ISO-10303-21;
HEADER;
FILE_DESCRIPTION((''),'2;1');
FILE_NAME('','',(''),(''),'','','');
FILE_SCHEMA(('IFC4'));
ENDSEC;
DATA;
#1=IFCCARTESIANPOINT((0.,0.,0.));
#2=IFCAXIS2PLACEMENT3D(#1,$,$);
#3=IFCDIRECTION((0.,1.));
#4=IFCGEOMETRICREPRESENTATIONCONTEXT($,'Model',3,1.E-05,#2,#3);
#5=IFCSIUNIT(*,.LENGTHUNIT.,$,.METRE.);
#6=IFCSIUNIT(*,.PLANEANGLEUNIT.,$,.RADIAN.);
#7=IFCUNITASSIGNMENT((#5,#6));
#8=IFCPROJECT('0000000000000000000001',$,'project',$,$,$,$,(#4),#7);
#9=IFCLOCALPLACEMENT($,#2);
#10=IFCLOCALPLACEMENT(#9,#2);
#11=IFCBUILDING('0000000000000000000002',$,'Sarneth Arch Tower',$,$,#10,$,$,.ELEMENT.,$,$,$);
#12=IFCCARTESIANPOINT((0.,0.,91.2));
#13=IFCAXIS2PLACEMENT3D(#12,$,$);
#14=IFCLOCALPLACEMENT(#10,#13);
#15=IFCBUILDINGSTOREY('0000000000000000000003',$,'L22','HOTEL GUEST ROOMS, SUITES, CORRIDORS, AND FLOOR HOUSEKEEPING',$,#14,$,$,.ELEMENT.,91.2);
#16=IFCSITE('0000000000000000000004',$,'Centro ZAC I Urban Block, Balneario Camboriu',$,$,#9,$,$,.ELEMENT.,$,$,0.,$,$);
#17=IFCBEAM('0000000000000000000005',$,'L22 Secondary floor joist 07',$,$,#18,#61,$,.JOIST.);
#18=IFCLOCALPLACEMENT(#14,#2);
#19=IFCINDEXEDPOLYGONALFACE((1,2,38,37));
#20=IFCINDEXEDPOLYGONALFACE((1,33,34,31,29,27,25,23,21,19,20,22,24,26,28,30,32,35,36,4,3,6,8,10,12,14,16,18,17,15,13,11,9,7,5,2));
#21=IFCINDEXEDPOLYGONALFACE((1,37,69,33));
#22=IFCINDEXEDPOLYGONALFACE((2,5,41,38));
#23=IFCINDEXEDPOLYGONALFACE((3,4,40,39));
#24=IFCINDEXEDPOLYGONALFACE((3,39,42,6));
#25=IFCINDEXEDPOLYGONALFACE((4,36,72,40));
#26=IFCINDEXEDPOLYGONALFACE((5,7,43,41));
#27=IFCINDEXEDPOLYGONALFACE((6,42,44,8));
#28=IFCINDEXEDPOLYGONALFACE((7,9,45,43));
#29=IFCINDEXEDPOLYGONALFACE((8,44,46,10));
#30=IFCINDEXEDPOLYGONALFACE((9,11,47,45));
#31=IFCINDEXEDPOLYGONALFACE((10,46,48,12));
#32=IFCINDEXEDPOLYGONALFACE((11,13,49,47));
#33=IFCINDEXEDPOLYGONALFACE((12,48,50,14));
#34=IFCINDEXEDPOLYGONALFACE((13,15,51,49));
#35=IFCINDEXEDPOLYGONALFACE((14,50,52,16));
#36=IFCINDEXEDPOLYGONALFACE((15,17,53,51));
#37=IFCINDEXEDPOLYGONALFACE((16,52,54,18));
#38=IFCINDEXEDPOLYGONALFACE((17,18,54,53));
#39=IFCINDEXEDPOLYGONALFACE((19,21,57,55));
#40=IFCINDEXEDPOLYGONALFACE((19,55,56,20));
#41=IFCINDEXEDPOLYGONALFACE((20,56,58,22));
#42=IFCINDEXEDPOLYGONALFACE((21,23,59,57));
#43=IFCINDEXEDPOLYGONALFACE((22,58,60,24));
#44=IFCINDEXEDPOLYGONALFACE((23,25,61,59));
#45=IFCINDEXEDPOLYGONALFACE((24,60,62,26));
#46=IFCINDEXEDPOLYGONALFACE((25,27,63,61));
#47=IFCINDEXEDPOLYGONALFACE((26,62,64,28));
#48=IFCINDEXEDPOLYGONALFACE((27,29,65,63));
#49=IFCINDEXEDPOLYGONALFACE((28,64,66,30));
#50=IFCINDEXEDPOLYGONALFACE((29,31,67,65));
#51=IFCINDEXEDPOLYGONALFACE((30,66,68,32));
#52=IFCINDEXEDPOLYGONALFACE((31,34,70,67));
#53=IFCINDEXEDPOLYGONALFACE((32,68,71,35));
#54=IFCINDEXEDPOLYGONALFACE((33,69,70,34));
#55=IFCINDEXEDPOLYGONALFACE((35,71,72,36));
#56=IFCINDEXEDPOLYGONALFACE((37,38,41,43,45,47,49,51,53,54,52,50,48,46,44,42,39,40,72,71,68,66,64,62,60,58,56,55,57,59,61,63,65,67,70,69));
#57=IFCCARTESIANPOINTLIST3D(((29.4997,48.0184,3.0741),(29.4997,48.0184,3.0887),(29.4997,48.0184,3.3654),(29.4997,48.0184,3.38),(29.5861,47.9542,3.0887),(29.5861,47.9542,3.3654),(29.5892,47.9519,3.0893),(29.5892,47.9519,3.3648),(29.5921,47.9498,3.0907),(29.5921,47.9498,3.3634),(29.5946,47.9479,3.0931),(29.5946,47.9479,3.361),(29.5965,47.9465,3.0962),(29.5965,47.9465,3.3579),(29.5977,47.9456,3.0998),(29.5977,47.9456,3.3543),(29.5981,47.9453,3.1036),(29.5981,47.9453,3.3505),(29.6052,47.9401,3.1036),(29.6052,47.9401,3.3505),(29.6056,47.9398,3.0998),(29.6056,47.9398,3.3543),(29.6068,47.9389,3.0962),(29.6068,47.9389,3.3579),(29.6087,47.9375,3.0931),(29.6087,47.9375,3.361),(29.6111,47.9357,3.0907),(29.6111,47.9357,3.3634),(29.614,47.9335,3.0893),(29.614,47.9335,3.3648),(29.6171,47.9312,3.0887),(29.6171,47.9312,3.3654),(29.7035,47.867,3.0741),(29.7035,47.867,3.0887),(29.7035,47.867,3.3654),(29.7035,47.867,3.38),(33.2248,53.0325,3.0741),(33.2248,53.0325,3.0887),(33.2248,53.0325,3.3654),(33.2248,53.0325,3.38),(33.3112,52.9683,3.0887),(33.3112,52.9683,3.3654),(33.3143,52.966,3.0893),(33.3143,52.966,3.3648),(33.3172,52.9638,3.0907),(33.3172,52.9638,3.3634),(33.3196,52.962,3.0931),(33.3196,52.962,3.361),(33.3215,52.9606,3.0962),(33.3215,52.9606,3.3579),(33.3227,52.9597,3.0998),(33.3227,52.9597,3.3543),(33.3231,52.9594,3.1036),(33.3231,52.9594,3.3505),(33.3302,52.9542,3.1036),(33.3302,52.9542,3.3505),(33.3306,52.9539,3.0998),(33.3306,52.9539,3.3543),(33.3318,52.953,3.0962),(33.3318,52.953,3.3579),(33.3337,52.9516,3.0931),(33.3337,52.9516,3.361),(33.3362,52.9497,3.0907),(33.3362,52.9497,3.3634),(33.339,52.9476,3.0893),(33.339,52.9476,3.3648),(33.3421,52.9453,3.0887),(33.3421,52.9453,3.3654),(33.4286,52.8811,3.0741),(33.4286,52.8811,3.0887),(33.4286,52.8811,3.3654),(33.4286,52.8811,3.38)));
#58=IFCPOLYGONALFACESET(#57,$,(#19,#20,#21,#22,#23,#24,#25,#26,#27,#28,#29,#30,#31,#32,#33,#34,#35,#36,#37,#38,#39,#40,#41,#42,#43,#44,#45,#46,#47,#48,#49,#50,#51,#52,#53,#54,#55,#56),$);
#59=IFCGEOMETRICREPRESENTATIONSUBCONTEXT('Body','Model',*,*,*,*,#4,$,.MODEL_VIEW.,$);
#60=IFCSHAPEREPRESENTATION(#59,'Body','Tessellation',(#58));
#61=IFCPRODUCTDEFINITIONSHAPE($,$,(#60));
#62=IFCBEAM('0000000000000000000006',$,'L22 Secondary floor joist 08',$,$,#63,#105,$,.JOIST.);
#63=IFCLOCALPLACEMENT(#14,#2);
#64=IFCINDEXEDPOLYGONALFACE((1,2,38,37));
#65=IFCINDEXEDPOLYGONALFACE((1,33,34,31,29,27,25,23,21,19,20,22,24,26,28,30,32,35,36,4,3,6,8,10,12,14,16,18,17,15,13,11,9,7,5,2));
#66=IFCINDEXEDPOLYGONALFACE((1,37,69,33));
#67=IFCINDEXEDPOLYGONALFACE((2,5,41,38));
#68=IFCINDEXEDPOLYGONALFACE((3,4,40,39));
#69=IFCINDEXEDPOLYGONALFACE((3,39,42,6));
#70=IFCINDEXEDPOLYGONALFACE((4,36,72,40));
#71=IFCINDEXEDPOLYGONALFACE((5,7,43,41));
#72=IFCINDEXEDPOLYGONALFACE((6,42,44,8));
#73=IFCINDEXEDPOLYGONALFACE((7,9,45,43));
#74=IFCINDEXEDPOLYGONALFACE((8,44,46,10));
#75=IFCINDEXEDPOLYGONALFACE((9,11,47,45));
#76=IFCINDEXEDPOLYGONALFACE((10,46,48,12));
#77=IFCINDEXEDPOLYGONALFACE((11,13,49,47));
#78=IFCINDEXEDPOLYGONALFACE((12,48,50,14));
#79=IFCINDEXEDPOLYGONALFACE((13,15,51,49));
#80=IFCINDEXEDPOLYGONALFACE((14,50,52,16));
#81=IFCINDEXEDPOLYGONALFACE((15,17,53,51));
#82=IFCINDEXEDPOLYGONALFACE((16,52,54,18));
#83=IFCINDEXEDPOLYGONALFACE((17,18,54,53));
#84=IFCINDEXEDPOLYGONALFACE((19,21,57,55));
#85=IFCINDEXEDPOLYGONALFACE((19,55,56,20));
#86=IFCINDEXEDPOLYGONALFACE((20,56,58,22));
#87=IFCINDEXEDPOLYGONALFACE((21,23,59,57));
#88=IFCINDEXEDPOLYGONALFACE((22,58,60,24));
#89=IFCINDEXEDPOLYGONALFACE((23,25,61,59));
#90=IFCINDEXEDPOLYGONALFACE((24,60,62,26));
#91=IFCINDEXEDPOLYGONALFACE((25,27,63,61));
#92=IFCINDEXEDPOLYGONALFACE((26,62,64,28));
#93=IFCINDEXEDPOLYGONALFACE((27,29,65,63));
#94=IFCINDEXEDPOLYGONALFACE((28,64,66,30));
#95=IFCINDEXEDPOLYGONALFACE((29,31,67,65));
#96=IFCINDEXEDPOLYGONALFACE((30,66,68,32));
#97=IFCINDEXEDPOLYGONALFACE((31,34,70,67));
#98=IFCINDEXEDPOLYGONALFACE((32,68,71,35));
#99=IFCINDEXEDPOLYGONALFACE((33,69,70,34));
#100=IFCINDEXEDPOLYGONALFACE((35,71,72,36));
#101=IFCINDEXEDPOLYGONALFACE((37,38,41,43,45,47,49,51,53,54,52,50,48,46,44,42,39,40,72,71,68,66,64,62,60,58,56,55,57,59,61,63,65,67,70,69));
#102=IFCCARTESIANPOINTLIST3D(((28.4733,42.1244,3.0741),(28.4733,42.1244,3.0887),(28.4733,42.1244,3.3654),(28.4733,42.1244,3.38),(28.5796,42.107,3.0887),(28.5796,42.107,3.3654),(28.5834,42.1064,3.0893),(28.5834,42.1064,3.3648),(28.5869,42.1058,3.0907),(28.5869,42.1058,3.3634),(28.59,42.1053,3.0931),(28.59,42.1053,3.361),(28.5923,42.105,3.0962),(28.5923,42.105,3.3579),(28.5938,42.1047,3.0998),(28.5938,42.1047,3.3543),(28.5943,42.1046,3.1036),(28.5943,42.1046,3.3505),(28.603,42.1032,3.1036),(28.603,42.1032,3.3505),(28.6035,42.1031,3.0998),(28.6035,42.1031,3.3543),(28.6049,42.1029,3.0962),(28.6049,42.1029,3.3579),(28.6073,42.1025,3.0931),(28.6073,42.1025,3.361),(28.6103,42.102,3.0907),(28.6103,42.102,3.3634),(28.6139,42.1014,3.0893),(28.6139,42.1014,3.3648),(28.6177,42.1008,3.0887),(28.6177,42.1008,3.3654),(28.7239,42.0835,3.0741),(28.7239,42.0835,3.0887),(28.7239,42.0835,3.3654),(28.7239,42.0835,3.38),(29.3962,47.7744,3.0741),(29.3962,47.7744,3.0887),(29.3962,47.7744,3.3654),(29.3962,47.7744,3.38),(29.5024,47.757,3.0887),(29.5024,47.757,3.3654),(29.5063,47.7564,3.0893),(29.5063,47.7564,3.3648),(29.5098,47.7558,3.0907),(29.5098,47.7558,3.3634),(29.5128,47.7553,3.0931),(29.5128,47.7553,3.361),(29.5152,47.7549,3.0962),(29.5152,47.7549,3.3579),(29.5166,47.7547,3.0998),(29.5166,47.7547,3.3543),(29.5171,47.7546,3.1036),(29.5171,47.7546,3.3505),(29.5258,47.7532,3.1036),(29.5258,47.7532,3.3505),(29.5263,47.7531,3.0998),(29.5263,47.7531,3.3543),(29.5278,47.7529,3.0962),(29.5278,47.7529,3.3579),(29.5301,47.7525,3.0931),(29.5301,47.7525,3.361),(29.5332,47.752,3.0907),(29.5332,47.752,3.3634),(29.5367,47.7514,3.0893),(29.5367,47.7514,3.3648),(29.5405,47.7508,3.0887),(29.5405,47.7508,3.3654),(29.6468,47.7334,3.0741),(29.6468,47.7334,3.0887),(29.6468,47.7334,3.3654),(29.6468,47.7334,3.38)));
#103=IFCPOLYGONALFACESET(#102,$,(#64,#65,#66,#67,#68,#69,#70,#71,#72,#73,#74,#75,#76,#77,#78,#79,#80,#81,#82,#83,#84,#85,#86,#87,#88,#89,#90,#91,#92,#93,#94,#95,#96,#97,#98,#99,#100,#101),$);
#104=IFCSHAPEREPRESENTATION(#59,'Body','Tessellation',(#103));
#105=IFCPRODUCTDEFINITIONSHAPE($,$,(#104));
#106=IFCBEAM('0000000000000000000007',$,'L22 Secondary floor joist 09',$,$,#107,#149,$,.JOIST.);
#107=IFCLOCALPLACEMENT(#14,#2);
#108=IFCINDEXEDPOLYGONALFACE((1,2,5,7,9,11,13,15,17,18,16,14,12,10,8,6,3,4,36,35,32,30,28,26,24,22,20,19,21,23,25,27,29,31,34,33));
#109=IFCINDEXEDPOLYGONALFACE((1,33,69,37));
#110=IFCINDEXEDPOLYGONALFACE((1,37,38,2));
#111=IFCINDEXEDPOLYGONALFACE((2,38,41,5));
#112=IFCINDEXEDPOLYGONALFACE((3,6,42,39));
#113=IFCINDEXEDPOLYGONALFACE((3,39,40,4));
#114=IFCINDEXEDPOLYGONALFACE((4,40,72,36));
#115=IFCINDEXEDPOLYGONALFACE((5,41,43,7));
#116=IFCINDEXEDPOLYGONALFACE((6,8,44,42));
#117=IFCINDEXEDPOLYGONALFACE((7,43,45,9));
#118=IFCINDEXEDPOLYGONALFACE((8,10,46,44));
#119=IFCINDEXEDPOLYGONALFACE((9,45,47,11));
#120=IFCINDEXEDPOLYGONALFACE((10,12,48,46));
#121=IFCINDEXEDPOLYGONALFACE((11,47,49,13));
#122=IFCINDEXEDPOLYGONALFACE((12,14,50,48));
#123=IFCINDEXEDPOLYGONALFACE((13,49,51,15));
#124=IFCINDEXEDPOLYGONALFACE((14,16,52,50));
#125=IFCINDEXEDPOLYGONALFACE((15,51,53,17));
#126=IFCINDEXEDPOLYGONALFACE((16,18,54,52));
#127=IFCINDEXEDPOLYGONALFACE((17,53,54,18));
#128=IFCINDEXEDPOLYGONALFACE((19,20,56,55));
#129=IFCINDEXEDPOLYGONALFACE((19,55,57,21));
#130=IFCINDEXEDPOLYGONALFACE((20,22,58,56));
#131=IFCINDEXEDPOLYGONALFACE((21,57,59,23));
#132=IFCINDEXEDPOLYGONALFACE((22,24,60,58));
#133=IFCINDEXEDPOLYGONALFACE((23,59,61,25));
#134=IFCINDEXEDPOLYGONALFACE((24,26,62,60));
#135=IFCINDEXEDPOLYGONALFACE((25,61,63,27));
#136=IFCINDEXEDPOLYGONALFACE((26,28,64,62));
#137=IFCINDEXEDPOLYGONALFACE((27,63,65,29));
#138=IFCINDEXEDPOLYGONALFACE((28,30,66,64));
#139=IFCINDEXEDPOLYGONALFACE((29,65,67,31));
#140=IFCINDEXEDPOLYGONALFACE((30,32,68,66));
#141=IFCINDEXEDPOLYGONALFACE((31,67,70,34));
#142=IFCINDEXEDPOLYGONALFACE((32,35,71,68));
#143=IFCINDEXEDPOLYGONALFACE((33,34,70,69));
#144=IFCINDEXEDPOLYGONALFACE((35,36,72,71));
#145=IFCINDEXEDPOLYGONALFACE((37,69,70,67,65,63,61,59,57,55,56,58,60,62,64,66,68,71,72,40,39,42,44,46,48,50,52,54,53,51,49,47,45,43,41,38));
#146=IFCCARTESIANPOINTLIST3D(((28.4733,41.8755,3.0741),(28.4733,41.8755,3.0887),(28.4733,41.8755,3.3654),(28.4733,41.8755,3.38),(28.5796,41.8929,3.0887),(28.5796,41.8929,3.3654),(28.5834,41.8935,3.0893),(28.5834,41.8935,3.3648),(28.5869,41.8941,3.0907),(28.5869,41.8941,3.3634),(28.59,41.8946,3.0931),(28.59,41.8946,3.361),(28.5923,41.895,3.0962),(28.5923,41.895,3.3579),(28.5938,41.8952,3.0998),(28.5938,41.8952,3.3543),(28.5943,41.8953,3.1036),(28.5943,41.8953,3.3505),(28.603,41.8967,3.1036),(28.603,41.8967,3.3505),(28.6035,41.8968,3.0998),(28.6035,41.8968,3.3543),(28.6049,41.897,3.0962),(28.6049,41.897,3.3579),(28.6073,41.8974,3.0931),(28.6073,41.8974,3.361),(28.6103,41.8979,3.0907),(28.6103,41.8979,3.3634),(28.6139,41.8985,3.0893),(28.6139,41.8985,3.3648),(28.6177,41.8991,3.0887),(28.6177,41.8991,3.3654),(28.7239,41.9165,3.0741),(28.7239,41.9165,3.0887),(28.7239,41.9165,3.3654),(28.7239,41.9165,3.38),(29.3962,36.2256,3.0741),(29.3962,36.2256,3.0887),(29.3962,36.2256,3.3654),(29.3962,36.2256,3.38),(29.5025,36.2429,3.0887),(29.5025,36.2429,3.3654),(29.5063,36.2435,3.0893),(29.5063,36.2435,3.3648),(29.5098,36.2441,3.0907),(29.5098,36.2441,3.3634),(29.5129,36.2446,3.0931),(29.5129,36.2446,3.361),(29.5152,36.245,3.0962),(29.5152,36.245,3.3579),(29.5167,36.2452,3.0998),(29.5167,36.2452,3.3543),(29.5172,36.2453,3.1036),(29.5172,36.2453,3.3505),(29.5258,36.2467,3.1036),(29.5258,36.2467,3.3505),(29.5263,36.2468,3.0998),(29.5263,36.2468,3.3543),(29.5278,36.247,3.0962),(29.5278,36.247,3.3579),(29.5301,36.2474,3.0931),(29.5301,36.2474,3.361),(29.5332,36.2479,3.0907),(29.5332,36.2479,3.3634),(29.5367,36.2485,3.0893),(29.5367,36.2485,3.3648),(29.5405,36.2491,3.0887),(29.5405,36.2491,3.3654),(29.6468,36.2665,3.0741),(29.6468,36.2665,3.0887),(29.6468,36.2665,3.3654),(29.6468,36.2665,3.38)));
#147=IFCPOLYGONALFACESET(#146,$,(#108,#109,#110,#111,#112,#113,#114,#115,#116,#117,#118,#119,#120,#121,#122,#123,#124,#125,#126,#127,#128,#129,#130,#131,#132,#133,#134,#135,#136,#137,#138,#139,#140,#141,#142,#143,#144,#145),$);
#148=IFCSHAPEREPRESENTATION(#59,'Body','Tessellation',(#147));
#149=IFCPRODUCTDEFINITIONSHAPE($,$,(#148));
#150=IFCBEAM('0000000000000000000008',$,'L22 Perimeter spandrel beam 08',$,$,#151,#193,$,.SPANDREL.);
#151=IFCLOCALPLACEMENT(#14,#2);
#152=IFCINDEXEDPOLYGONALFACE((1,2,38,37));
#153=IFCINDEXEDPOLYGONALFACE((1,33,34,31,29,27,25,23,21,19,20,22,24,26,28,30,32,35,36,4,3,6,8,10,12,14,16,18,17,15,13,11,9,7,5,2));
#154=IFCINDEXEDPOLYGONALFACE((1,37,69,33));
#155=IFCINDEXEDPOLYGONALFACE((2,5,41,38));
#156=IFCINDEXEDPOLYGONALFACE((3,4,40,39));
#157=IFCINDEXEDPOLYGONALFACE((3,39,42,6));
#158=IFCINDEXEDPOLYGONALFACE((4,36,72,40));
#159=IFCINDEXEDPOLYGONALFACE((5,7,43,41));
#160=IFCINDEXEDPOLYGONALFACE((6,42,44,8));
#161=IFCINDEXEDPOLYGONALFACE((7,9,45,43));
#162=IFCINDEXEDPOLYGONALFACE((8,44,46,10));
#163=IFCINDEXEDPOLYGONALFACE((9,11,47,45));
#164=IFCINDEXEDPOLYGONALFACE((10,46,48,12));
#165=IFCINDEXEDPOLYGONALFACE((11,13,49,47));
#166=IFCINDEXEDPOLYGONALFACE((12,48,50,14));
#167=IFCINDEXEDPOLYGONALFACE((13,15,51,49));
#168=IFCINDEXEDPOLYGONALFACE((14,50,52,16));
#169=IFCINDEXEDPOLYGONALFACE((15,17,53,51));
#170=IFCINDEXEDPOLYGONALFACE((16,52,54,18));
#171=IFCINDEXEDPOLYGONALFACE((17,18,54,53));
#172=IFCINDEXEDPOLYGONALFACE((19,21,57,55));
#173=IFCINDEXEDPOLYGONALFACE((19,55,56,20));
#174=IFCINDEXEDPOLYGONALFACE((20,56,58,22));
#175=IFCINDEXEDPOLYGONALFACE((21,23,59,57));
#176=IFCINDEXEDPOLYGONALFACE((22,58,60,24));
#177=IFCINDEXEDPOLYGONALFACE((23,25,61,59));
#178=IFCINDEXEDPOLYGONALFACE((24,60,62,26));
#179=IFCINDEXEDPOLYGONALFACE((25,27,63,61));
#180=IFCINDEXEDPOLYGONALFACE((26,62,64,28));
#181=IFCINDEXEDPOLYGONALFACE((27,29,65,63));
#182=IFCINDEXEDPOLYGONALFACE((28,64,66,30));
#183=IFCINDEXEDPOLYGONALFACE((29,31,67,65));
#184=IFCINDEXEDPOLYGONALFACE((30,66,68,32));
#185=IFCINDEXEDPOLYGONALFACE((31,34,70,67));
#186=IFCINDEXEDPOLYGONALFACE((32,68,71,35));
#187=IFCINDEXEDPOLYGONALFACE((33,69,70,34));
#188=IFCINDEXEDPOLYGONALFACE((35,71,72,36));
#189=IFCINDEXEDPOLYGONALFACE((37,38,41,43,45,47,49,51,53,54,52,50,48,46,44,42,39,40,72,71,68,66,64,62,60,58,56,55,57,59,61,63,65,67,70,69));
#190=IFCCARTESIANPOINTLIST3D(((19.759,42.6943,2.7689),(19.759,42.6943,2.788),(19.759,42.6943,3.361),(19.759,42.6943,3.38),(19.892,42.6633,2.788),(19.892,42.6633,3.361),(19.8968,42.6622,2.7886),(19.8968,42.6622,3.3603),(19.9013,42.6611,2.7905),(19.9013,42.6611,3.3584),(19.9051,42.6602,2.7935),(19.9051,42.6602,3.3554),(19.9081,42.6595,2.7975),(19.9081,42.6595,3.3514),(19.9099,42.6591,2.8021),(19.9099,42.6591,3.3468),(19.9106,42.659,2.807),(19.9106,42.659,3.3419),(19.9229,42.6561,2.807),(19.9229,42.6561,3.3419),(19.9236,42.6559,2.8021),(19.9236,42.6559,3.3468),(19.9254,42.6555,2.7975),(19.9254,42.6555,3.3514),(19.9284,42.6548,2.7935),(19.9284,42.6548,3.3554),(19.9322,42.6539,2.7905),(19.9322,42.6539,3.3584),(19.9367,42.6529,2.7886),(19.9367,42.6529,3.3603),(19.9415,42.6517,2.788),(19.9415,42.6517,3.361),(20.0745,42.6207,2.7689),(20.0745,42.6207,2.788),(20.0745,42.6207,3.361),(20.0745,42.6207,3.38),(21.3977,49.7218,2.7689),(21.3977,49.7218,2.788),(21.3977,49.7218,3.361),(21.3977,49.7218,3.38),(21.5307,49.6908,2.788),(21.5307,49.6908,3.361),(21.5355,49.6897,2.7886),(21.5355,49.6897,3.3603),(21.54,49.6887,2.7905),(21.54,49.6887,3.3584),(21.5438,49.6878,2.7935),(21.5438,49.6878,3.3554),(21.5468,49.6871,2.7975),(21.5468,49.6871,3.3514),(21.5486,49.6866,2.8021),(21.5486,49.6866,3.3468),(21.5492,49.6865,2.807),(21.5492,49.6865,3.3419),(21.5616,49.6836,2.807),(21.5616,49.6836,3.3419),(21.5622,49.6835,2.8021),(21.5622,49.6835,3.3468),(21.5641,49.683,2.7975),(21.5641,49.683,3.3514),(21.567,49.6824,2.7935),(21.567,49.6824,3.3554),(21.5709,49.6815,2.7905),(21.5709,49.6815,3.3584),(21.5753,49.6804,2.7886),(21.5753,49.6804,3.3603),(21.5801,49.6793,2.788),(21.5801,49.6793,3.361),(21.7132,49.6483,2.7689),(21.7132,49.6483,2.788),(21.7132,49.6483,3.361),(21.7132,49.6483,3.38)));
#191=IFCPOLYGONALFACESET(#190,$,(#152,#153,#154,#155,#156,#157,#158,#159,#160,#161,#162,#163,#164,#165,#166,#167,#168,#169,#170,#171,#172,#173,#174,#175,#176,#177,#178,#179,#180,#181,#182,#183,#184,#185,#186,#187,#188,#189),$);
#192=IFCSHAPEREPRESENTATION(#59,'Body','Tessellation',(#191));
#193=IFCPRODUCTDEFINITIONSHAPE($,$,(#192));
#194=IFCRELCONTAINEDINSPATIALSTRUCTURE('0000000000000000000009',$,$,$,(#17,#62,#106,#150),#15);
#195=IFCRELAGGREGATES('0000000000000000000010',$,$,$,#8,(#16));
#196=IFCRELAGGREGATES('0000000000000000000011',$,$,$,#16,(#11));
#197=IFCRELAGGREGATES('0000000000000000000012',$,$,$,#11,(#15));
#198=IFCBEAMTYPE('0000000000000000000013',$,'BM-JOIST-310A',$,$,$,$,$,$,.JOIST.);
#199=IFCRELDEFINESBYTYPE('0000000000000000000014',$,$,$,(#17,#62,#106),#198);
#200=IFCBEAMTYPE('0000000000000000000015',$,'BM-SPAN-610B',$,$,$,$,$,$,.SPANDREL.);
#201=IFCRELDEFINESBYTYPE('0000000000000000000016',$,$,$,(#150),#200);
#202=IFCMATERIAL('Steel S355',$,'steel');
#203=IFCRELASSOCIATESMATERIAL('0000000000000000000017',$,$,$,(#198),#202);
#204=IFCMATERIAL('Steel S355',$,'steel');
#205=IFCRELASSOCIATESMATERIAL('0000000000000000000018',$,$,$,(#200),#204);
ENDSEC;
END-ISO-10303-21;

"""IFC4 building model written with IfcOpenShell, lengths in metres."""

from ifc_helpers import new_model, si_unit, direction, frame, origin, origin_2d, place, context, subcontext, project, spatial, i_section, extrude, material, material_profile, profile_set, type_object, element, save


model = new_model("IFC4")

# Units and contexts
model_context = context("Model", 3, precision=1e-05, world=origin(), true_north=direction((0.0, 1.0)))
body_context = subcontext(model_context, "Body", "Model", "MODEL_VIEW")
ifc_project = project(units=[si_unit("LENGTHUNIT", "METRE"), si_unit("PLANEANGLEUNIT", "RADIAN")], contexts=[model_context])

# Site, building, storey
site_placement = place(None, origin())
site = spatial("IfcSite", under=ifc_project, at=site_placement, Name="Centro ZAC I Urban Block, Balneario Camboriu", CompositionType="ELEMENT", RefElevation=0.0)
building_placement = place(site_placement, origin())
building = spatial("IfcBuilding", under=site, at=building_placement, Name="Sarneth Arch Tower", CompositionType="ELEMENT")
storey_placement = place(building_placement, frame((0.0, 0.0, 91.2)))
storey = spatial("IfcBuildingStorey", under=building, at=storey_placement, Name="L22", Description="HOTEL GUEST ROOMS, SUITES, CORRIDORS, AND FLOOR HOUSEKEEPING", CompositionType="ELEMENT", Elevation=91.2)

# Beams
ifc_material_1 = material(Name="Steel S355", Category="steel")
ifc_material_profile_1 = material_profile(ifc_material_1, i_section(OverallWidth=0.2539, OverallDepth=0.3059, WebThickness=0.0088, FlangeThickness=0.0146, FilletRadius=0.0149, at=origin_2d()), Name="W310x79")
ifc_profile_set_1 = profile_set([ifc_material_profile_1], Name="Steel S355")
beam_type_1 = type_object("IfcBeamType", Name="BM-JOIST-310A", PredefinedType="JOIST", material=ifc_profile_set_1)
beam_1_placement = place(storey_placement, frame((33.3267, 52.9568, 3.2271), z_axis=(-0.596354, -0.802721, 0.0), x_axis=(0.802721, -0.596354, 0.0)))
element("IfcBeam", 1, at=beam_1_placement, inside=storey, type_object=beam_type_1, Name="L22 Secondary floor joist 07", PredefinedType="JOIST", context=body_context, shape_type="SweptSolid", body=[
    extrude(i_section(OverallWidth=0.2539, OverallDepth=0.3059, WebThickness=0.0088, FlangeThickness=0.0146, FilletRadius=0.0149, at=origin_2d()), origin(), (0.0, 0.0, 1.0), 6.2463),
])
for number, where, z_axis, x_axis, name in (
    (2, (29.5215, 47.7539, 3.2271), (-0.161203, -0.986921, 0.0), (0.986921, -0.161203, 0.0), "L22 Secondary floor joist 08"),
    (3, (28.5986, 41.896, 3.2271), (0.161203, -0.986921, 0.0), (0.986921, 0.161203, 0.0), "L22 Secondary floor joist 09"),
):
    element("IfcBeam", number, at=place(storey_placement, frame(where, z_axis=z_axis, x_axis=x_axis)), inside=storey, type_object=beam_type_1, Name=name, PredefinedType="JOIST", context=body_context, shape_type="SweptSolid", body=[
        extrude(i_section(OverallWidth=0.2539, OverallDepth=0.3059, WebThickness=0.0088, FlangeThickness=0.0146, FilletRadius=0.0149, at=origin_2d()), origin(), (0.0, 0.0, 1.0), 5.7249),
    ])
ifc_material_2 = material(Name="Steel S355", Category="steel")
ifc_material_profile_2 = material_profile(ifc_material_2, i_section(OverallWidth=0.324, OverallDepth=0.6111, WebThickness=0.0127, FlangeThickness=0.019, FilletRadius=0.019, at=origin_2d()), Name="W610x155")
ifc_profile_set_2 = profile_set([ifc_material_profile_2], Name="Steel S355")
beam_type_2 = type_object("IfcBeamType", Name="BM-SPAN-610B", PredefinedType="SPANDREL", material=ifc_profile_set_2)
beam_2_placement = place(storey_placement, frame((21.5554, 49.6851, 3.0745), z_axis=(-0.227085, -0.973875, 0.0), x_axis=(0.973875, -0.227085, 0.0)))
element("IfcBeam", 4, at=beam_2_placement, inside=storey, type_object=beam_type_2, Name="L22 Perimeter spandrel beam 08", PredefinedType="SPANDREL", context=body_context, shape_type="SweptSolid", body=[
    extrude(i_section(OverallWidth=0.324, OverallDepth=0.6111, WebThickness=0.0127, FlangeThickness=0.019, FilletRadius=0.019, at=origin_2d()), origin(), (0.0, 0.0, 1.0), 7.2161),
])

save(model, "model.ifc")
